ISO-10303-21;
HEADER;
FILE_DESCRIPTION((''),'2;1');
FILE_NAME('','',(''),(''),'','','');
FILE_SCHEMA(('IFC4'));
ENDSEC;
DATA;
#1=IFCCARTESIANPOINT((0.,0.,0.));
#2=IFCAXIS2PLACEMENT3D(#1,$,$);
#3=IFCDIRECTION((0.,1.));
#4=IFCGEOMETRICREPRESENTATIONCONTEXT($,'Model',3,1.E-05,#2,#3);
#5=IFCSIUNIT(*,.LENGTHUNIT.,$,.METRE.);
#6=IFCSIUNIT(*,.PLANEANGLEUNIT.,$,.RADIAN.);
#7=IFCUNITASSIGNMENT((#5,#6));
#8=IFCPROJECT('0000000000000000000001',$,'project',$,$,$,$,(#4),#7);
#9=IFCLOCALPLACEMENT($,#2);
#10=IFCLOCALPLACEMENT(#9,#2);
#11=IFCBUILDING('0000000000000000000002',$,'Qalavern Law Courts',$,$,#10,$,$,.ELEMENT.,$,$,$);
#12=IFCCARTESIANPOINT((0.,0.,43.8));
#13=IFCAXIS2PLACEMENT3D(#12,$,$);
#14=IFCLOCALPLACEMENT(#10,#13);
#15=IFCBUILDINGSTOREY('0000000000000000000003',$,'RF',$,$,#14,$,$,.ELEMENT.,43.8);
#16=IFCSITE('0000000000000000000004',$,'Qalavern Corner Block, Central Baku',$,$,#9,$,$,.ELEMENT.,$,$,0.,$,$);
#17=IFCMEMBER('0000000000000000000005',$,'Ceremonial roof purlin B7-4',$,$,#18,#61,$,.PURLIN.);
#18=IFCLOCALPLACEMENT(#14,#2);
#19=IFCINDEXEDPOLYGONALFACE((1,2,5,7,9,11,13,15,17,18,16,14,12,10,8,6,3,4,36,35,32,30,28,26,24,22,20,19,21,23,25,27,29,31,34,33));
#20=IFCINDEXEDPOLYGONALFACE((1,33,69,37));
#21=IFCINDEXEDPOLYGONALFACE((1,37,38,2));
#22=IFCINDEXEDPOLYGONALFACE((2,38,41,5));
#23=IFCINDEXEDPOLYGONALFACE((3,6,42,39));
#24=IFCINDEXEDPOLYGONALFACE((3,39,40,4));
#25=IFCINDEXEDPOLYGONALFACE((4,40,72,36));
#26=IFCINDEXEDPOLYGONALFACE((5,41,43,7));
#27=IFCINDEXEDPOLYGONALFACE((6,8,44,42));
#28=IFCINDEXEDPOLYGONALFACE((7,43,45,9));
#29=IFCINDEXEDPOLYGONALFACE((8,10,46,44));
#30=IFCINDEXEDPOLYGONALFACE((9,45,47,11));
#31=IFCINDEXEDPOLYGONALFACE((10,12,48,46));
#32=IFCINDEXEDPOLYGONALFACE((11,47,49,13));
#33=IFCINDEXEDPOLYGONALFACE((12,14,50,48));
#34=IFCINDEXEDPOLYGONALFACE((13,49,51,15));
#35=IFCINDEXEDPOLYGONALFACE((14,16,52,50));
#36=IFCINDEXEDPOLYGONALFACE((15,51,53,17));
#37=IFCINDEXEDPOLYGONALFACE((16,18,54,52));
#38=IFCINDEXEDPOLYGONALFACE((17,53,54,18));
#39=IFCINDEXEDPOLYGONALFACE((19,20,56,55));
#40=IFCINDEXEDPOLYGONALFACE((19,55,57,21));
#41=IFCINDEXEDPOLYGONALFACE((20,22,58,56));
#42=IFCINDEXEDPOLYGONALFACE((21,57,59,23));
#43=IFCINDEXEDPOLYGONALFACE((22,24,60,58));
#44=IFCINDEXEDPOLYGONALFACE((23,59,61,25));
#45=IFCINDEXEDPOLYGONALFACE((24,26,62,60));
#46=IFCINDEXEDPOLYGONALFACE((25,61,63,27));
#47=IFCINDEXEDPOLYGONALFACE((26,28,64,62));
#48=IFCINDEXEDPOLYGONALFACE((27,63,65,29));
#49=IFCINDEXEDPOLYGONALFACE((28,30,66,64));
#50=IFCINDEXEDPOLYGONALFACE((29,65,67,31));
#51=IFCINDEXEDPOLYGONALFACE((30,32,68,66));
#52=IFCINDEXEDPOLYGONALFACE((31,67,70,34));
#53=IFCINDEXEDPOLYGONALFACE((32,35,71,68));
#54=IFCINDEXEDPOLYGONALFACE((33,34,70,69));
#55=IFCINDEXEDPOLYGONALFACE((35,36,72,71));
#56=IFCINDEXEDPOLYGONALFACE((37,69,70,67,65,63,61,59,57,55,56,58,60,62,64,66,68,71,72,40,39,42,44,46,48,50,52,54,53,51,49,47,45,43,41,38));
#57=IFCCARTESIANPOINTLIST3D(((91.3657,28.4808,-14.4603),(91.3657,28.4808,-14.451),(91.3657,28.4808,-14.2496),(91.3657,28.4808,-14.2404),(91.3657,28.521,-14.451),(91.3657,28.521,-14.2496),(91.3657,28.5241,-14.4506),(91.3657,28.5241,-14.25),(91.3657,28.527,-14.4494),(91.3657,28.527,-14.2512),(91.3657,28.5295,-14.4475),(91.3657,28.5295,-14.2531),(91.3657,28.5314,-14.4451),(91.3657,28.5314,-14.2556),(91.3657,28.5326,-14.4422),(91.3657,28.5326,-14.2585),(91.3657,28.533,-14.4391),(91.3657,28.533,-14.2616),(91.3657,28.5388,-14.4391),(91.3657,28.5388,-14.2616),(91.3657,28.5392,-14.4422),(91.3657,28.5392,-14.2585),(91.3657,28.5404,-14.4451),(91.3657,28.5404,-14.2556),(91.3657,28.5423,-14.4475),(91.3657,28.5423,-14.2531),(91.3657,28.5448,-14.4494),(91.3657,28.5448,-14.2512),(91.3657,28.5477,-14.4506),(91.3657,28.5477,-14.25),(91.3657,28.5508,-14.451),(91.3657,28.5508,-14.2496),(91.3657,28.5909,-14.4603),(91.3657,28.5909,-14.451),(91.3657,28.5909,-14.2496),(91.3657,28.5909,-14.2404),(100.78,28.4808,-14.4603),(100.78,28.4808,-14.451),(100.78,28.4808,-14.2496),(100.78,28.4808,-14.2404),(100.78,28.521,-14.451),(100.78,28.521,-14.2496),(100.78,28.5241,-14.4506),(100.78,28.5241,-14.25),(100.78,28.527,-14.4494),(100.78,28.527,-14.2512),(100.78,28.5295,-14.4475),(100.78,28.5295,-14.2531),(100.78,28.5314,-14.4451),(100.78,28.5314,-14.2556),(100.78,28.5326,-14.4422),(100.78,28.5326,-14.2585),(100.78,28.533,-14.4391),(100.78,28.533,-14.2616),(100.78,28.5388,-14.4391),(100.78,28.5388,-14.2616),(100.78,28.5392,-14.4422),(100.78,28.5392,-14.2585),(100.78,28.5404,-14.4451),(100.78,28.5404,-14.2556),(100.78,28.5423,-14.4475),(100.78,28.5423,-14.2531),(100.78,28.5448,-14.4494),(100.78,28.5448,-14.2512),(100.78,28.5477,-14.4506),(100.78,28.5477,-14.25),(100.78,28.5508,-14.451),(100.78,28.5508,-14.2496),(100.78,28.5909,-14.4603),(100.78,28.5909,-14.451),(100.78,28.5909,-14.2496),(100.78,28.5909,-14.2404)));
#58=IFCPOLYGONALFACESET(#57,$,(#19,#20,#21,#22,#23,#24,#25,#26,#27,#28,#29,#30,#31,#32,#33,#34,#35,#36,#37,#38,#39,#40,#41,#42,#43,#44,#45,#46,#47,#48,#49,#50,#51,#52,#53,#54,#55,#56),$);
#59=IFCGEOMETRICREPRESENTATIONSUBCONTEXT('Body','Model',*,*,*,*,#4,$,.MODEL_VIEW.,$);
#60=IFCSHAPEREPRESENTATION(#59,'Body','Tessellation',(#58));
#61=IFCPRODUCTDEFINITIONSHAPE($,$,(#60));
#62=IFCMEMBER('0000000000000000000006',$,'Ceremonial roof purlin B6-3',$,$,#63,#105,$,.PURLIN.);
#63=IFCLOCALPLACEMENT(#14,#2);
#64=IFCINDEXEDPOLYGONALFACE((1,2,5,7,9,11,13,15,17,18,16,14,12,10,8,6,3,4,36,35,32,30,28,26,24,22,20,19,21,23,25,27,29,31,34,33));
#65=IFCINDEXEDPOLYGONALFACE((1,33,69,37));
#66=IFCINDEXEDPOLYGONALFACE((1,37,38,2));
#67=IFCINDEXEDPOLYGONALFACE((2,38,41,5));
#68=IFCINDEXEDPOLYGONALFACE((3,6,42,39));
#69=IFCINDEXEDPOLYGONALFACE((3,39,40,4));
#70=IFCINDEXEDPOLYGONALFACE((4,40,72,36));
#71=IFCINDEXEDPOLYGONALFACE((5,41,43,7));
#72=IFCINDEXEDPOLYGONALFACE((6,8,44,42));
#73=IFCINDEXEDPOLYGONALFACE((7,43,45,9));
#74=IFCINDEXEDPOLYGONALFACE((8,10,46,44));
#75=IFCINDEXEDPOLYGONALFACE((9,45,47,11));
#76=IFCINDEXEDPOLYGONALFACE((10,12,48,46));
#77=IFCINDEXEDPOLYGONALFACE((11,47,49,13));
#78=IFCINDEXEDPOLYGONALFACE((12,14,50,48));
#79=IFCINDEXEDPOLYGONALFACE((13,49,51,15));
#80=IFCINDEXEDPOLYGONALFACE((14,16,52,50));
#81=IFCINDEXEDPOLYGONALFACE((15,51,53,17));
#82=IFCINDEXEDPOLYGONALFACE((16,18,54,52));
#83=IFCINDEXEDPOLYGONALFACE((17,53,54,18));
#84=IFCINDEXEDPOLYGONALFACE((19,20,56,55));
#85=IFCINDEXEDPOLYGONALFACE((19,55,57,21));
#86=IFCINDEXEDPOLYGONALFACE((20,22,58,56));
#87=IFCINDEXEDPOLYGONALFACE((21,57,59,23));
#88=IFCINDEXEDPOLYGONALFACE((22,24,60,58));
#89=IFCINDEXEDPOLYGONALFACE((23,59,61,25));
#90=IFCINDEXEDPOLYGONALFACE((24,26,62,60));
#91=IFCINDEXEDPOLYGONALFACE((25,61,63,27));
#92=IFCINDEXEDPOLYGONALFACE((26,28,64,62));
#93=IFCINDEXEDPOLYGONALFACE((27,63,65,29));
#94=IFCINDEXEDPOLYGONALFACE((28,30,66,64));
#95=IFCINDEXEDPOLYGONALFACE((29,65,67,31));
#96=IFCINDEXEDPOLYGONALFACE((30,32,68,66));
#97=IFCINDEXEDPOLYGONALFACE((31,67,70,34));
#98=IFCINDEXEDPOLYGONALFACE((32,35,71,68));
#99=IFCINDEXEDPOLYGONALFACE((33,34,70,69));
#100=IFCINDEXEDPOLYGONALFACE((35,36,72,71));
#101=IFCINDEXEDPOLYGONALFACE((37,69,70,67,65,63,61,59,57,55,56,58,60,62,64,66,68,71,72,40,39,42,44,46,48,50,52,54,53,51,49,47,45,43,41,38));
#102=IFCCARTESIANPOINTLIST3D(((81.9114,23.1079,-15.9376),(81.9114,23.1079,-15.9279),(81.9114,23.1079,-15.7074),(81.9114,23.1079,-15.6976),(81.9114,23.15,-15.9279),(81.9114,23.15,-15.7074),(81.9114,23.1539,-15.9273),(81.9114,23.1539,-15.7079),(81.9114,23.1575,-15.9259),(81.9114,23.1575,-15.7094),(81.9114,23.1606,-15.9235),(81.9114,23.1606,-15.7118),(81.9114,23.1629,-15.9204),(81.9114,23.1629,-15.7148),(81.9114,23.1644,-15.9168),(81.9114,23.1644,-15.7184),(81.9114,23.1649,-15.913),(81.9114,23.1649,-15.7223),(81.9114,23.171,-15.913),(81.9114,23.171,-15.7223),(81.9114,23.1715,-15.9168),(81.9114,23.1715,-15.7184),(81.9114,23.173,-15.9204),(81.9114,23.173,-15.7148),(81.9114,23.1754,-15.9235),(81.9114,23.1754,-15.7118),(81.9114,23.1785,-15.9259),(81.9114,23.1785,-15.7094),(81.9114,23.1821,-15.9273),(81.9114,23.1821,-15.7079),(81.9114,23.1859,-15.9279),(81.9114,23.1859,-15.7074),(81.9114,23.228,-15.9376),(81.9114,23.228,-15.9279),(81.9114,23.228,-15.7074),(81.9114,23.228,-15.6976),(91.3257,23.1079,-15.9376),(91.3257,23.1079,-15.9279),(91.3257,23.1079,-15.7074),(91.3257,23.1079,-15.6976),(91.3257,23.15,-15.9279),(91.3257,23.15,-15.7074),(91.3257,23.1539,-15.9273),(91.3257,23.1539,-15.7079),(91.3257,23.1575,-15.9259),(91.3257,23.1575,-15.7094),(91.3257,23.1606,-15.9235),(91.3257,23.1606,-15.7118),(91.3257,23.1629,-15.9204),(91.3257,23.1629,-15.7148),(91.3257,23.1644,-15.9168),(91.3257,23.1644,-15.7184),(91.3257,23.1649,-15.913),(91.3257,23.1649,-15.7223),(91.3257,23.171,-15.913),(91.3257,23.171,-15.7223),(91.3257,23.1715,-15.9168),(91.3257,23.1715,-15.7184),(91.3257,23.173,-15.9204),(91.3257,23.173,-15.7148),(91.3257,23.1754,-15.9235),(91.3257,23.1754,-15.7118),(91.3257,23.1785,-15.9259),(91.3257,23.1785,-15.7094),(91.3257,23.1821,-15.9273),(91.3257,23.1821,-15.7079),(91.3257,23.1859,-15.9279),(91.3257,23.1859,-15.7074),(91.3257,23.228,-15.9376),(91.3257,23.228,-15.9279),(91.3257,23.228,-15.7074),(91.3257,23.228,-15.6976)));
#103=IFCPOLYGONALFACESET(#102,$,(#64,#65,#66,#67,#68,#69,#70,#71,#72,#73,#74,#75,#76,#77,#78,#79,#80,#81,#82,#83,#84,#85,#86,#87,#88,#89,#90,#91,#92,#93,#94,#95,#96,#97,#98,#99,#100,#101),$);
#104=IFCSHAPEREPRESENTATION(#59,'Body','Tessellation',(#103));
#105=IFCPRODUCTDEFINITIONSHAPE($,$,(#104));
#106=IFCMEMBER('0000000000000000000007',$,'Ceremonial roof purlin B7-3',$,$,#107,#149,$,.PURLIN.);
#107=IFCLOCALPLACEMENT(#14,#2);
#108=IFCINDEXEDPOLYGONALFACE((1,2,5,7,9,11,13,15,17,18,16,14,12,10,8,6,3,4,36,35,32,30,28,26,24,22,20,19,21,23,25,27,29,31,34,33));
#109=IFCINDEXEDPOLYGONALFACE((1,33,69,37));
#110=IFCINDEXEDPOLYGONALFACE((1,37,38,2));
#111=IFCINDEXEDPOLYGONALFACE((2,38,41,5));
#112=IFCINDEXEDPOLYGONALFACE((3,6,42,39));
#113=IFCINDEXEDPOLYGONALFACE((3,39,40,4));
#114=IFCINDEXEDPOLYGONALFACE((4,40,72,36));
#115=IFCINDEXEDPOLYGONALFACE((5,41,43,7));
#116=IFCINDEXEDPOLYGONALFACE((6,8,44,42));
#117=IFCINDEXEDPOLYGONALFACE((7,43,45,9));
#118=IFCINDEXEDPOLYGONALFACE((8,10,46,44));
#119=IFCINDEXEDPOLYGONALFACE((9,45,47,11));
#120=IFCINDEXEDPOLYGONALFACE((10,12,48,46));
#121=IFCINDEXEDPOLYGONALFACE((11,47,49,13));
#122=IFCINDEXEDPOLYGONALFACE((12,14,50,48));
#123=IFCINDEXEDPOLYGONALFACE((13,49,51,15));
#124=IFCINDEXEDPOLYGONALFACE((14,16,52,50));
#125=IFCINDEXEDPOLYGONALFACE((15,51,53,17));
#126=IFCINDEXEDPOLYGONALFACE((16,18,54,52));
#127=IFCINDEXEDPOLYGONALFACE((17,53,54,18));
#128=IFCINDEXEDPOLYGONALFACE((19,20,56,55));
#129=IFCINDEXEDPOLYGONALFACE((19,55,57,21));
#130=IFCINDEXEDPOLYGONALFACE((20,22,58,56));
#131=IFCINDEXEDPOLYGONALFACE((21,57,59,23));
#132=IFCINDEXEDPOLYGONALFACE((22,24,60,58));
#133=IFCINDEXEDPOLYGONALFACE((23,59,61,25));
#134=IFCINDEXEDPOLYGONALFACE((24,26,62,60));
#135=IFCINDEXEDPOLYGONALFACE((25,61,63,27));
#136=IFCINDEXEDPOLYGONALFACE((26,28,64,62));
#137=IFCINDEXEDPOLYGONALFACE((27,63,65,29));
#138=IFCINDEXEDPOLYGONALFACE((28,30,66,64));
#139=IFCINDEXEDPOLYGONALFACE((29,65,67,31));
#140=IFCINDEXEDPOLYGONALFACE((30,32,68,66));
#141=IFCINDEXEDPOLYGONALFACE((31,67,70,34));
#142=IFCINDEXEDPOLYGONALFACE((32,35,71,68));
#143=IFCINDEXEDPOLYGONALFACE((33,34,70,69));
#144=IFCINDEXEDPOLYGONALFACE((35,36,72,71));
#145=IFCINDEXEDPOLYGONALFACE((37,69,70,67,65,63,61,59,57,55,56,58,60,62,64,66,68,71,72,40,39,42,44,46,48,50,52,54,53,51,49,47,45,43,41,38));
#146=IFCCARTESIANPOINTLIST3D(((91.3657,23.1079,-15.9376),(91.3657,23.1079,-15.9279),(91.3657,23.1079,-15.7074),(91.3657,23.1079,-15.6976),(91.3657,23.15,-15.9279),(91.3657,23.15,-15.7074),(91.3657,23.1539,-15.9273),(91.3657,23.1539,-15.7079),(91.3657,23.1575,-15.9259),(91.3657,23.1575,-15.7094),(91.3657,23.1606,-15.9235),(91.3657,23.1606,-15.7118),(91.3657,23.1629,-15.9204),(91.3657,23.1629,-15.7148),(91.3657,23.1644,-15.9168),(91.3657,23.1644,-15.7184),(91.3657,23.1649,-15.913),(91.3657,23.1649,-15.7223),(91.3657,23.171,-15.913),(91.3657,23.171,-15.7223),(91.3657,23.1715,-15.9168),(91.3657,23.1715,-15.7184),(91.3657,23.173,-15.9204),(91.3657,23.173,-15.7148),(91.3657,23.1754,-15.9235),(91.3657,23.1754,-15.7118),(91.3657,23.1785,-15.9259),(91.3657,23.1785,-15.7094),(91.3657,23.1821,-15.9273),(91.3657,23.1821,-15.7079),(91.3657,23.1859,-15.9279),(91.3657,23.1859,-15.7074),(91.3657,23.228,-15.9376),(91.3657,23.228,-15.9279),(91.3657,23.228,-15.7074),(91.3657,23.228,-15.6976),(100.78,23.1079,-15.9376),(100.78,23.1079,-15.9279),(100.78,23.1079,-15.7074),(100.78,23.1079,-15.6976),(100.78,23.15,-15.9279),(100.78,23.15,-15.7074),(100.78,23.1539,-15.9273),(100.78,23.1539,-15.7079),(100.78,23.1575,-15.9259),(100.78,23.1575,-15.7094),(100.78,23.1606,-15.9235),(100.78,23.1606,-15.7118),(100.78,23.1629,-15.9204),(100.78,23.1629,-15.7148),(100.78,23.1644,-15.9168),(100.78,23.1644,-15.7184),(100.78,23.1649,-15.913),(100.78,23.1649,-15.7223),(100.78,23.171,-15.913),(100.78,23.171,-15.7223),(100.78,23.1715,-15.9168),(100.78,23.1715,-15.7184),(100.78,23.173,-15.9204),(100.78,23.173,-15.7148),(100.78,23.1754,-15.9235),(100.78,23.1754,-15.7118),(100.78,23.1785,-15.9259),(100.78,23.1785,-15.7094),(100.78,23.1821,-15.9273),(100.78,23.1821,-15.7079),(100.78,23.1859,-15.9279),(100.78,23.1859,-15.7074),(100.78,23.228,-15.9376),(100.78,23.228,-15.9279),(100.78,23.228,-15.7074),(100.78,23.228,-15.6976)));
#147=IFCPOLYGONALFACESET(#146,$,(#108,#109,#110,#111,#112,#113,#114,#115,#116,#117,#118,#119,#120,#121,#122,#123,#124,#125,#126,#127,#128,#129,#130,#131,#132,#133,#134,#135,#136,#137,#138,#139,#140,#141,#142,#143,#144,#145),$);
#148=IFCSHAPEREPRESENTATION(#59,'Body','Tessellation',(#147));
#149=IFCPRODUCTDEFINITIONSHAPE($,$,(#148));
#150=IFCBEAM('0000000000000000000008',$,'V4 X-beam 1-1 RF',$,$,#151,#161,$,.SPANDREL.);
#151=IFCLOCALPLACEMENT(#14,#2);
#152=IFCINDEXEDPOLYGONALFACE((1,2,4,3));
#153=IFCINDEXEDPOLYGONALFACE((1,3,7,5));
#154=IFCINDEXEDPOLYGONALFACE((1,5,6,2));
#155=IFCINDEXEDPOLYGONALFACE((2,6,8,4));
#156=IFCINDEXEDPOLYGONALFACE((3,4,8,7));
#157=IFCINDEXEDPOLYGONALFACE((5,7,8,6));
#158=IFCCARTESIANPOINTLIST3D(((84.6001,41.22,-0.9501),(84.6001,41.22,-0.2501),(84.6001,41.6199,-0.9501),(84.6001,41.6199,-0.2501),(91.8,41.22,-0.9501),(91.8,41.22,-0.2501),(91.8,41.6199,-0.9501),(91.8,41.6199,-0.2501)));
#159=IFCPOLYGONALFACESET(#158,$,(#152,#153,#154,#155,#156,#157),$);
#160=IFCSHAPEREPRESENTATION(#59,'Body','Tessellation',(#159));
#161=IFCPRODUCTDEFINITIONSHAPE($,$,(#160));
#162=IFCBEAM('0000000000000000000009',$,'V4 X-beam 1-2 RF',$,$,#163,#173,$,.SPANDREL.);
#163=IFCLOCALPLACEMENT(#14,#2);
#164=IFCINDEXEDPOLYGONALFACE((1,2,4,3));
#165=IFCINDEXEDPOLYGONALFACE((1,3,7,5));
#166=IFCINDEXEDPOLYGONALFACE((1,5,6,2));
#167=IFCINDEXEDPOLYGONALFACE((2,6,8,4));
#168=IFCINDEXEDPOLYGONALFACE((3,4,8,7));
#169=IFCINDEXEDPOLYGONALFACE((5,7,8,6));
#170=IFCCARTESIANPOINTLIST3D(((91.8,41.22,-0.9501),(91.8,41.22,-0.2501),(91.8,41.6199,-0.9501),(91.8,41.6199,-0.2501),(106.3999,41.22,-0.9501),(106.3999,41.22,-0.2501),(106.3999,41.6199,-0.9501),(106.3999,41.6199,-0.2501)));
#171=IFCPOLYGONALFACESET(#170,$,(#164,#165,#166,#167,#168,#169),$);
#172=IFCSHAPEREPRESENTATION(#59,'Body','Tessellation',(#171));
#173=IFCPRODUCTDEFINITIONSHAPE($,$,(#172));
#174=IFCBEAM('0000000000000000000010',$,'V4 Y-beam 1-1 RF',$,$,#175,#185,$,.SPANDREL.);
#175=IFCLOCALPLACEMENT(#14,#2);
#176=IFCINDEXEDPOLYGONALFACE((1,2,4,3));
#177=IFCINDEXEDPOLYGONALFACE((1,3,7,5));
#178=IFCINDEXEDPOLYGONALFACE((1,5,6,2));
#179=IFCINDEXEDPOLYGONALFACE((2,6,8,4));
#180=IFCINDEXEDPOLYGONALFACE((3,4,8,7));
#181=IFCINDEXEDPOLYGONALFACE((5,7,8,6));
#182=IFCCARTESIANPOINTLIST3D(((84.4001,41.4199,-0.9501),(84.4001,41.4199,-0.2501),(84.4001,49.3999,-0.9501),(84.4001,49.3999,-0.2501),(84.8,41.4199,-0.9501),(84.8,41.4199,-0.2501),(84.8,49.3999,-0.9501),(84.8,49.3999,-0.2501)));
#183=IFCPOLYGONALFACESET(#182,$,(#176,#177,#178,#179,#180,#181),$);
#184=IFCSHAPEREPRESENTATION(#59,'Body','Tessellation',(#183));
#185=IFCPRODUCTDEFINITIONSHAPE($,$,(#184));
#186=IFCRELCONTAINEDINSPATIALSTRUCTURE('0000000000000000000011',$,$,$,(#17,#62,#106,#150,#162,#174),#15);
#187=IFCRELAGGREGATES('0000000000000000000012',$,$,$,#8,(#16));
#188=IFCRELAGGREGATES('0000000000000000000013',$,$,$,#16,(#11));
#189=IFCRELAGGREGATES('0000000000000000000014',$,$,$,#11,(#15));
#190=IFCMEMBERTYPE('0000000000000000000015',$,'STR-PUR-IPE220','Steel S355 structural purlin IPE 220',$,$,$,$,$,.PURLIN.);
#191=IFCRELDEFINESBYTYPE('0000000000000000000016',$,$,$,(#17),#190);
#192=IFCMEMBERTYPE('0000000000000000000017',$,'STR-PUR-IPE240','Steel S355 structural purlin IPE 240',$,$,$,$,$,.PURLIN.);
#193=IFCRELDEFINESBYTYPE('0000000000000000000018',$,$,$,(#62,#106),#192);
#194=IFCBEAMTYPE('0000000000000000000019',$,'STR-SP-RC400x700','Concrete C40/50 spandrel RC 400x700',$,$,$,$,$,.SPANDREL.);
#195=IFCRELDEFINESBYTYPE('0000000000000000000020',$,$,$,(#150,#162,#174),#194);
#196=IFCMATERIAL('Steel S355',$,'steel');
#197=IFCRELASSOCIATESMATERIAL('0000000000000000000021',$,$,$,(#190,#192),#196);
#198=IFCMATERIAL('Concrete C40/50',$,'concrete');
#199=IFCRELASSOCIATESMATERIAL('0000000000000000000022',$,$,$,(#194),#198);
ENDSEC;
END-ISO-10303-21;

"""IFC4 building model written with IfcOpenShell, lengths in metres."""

from ifc_helpers import new_model, si_unit, direction, frame, origin, origin_2d, place, context, subcontext, project, spatial, rectangle, i_section, extrude, material, material_profile, profile_set, type_object, element, save


model = new_model("IFC4")

# Units and contexts
model_context = context("Model", 3, precision=1e-05, world=origin(), true_north=direction((0.0, 1.0)))
body_context = subcontext(model_context, "Body", "Model", "MODEL_VIEW")
ifc_project = project(units=[si_unit("LENGTHUNIT", "METRE"), si_unit("PLANEANGLEUNIT", "RADIAN")], contexts=[model_context])

# Site, building, storey
site_placement = place(None, origin())
site = spatial("IfcSite", under=ifc_project, at=site_placement, Name="Qalavern Corner Block, Central Baku", CompositionType="ELEMENT", RefElevation=0.0)
building_placement = place(site_placement, origin())
building = spatial("IfcBuilding", under=site, at=building_placement, Name="Qalavern Law Courts", CompositionType="ELEMENT")
storey_placement = place(building_placement, frame((0.0, 0.0, 43.8)))
storey = spatial("IfcBuildingStorey", under=building, at=storey_placement, Name="RF", CompositionType="ELEMENT", Elevation=43.8)

# Shared definitions
ifc_material_1 = material(Name="Steel S355", Category="steel")

# Members
ifc_material_profile_1 = material_profile(ifc_material_1, i_section(OverallWidth=0.1101, OverallDepth=0.22, WebThickness=0.0059, FlangeThickness=0.0093, FilletRadius=0.012, at=origin_2d()), Name="IPE 220")
ifc_profile_set_1 = profile_set([ifc_material_profile_1], Name="Steel S355")
member_type_1 = type_object("IfcMemberType", Name="STR-PUR-IPE220", Description="Steel S355 structural purlin IPE 220", PredefinedType="PURLIN", material=ifc_profile_set_1)
for number, where, z_axis, x_axis, name in (
    (1, (91.3657, 28.5359, -14.3503), (1.0, 0.0, 0.0), (0.0, 1.0, 0.0), "Ceremonial roof purlin B7-4"),
):
    element("IfcMember", number, at=place(storey_placement, frame(where, z_axis=z_axis, x_axis=x_axis)), inside=storey, type_object=member_type_1, Name=name, PredefinedType="PURLIN", context=body_context, shape_type="SweptSolid", body=[
        extrude(i_section(OverallWidth=0.1101, OverallDepth=0.22, WebThickness=0.0059, FlangeThickness=0.0093, FilletRadius=0.012, at=origin_2d()), origin(), (0.0, 0.0, 1.0), 9.4143),
    ])
ifc_material_profile_2 = material_profile(ifc_material_1, i_section(OverallWidth=0.1201, OverallDepth=0.24, WebThickness=0.0061, FlangeThickness=0.0098, FilletRadius=0.0149, at=origin_2d()), Name="IPE 240")
ifc_profile_set_2 = profile_set([ifc_material_profile_2], Name="Steel S355")
member_type_2 = type_object("IfcMemberType", Name="STR-PUR-IPE240", Description="Steel S355 structural purlin IPE 240", PredefinedType="PURLIN", material=ifc_profile_set_2)
for number, where, z_axis, x_axis, name in (
    (2, (81.9114, 23.168, -15.8176), (1.0, 0.0, 0.0), (0.0, 1.0, 0.0), "Ceremonial roof purlin B6-3"),
    (3, (91.3657, 23.168, -15.8176), (1.0, 0.0, 0.0), (0.0, 1.0, 0.0), "Ceremonial roof purlin B7-3"),
):
    element("IfcMember", number, at=place(storey_placement, frame(where, z_axis=z_axis, x_axis=x_axis)), inside=storey, type_object=member_type_2, Name=name, PredefinedType="PURLIN", context=body_context, shape_type="SweptSolid", body=[
        extrude(i_section(OverallWidth=0.1201, OverallDepth=0.24, WebThickness=0.0061, FlangeThickness=0.0098, FilletRadius=0.0149, at=origin_2d()), origin(), (0.0, 0.0, 1.0), 9.4143),
    ])

# Beams
ifc_material_2 = material(Name="Concrete C40/50", Category="concrete")
ifc_material_profile_3 = material_profile(ifc_material_2, rectangle(XDim=0.3999, YDim=0.7, at=origin_2d()), Name="RC 400x700")
ifc_profile_set_3 = profile_set([ifc_material_profile_3], Name="Concrete C40/50")
beam_type_1 = type_object("IfcBeamType", Name="STR-SP-RC400x700", Description="Concrete C40/50 spandrel RC 400x700", PredefinedType="SPANDREL", material=ifc_profile_set_3)
beam_1_placement = place(storey_placement, frame((84.6001, 41.4199, -0.6001), z_axis=(1.0, 0.0, 0.0), x_axis=(0.0, 1.0, 0.0)))
element("IfcBeam", 4, at=beam_1_placement, inside=storey, type_object=beam_type_1, Name="V4 X-beam 1-1 RF", PredefinedType="SPANDREL", context=body_context, shape_type="SweptSolid", body=[
    extrude(rectangle(XDim=0.3999, YDim=0.7, at=origin_2d()), origin(), (0.0, 0.0, 1.0), 7.2),
])
beam_2_placement = place(storey_placement, frame((91.8, 41.4199, -0.6001), z_axis=(1.0, 0.0, 0.0), x_axis=(0.0, 1.0, 0.0)))
element("IfcBeam", 5, at=beam_2_placement, inside=storey, type_object=beam_type_1, Name="V4 X-beam 1-2 RF", PredefinedType="SPANDREL", context=body_context, shape_type="SweptSolid", body=[
    extrude(rectangle(XDim=0.3999, YDim=0.7, at=origin_2d()), origin(), (0.0, 0.0, 1.0), 14.5999),
])
beam_3_placement = place(storey_placement, frame((84.6001, 41.4199, -0.6001), z_axis=(0.0, 1.0, 0.0), x_axis=(-1.0, 0.0, 0.0)))
element("IfcBeam", 6, at=beam_3_placement, inside=storey, type_object=beam_type_1, Name="V4 Y-beam 1-1 RF", PredefinedType="SPANDREL", context=body_context, shape_type="SweptSolid", body=[
    extrude(rectangle(XDim=0.3999, YDim=0.7, at=origin_2d()), origin(), (0.0, 0.0, 1.0), 7.98),
])

save(model, "model.ifc")
